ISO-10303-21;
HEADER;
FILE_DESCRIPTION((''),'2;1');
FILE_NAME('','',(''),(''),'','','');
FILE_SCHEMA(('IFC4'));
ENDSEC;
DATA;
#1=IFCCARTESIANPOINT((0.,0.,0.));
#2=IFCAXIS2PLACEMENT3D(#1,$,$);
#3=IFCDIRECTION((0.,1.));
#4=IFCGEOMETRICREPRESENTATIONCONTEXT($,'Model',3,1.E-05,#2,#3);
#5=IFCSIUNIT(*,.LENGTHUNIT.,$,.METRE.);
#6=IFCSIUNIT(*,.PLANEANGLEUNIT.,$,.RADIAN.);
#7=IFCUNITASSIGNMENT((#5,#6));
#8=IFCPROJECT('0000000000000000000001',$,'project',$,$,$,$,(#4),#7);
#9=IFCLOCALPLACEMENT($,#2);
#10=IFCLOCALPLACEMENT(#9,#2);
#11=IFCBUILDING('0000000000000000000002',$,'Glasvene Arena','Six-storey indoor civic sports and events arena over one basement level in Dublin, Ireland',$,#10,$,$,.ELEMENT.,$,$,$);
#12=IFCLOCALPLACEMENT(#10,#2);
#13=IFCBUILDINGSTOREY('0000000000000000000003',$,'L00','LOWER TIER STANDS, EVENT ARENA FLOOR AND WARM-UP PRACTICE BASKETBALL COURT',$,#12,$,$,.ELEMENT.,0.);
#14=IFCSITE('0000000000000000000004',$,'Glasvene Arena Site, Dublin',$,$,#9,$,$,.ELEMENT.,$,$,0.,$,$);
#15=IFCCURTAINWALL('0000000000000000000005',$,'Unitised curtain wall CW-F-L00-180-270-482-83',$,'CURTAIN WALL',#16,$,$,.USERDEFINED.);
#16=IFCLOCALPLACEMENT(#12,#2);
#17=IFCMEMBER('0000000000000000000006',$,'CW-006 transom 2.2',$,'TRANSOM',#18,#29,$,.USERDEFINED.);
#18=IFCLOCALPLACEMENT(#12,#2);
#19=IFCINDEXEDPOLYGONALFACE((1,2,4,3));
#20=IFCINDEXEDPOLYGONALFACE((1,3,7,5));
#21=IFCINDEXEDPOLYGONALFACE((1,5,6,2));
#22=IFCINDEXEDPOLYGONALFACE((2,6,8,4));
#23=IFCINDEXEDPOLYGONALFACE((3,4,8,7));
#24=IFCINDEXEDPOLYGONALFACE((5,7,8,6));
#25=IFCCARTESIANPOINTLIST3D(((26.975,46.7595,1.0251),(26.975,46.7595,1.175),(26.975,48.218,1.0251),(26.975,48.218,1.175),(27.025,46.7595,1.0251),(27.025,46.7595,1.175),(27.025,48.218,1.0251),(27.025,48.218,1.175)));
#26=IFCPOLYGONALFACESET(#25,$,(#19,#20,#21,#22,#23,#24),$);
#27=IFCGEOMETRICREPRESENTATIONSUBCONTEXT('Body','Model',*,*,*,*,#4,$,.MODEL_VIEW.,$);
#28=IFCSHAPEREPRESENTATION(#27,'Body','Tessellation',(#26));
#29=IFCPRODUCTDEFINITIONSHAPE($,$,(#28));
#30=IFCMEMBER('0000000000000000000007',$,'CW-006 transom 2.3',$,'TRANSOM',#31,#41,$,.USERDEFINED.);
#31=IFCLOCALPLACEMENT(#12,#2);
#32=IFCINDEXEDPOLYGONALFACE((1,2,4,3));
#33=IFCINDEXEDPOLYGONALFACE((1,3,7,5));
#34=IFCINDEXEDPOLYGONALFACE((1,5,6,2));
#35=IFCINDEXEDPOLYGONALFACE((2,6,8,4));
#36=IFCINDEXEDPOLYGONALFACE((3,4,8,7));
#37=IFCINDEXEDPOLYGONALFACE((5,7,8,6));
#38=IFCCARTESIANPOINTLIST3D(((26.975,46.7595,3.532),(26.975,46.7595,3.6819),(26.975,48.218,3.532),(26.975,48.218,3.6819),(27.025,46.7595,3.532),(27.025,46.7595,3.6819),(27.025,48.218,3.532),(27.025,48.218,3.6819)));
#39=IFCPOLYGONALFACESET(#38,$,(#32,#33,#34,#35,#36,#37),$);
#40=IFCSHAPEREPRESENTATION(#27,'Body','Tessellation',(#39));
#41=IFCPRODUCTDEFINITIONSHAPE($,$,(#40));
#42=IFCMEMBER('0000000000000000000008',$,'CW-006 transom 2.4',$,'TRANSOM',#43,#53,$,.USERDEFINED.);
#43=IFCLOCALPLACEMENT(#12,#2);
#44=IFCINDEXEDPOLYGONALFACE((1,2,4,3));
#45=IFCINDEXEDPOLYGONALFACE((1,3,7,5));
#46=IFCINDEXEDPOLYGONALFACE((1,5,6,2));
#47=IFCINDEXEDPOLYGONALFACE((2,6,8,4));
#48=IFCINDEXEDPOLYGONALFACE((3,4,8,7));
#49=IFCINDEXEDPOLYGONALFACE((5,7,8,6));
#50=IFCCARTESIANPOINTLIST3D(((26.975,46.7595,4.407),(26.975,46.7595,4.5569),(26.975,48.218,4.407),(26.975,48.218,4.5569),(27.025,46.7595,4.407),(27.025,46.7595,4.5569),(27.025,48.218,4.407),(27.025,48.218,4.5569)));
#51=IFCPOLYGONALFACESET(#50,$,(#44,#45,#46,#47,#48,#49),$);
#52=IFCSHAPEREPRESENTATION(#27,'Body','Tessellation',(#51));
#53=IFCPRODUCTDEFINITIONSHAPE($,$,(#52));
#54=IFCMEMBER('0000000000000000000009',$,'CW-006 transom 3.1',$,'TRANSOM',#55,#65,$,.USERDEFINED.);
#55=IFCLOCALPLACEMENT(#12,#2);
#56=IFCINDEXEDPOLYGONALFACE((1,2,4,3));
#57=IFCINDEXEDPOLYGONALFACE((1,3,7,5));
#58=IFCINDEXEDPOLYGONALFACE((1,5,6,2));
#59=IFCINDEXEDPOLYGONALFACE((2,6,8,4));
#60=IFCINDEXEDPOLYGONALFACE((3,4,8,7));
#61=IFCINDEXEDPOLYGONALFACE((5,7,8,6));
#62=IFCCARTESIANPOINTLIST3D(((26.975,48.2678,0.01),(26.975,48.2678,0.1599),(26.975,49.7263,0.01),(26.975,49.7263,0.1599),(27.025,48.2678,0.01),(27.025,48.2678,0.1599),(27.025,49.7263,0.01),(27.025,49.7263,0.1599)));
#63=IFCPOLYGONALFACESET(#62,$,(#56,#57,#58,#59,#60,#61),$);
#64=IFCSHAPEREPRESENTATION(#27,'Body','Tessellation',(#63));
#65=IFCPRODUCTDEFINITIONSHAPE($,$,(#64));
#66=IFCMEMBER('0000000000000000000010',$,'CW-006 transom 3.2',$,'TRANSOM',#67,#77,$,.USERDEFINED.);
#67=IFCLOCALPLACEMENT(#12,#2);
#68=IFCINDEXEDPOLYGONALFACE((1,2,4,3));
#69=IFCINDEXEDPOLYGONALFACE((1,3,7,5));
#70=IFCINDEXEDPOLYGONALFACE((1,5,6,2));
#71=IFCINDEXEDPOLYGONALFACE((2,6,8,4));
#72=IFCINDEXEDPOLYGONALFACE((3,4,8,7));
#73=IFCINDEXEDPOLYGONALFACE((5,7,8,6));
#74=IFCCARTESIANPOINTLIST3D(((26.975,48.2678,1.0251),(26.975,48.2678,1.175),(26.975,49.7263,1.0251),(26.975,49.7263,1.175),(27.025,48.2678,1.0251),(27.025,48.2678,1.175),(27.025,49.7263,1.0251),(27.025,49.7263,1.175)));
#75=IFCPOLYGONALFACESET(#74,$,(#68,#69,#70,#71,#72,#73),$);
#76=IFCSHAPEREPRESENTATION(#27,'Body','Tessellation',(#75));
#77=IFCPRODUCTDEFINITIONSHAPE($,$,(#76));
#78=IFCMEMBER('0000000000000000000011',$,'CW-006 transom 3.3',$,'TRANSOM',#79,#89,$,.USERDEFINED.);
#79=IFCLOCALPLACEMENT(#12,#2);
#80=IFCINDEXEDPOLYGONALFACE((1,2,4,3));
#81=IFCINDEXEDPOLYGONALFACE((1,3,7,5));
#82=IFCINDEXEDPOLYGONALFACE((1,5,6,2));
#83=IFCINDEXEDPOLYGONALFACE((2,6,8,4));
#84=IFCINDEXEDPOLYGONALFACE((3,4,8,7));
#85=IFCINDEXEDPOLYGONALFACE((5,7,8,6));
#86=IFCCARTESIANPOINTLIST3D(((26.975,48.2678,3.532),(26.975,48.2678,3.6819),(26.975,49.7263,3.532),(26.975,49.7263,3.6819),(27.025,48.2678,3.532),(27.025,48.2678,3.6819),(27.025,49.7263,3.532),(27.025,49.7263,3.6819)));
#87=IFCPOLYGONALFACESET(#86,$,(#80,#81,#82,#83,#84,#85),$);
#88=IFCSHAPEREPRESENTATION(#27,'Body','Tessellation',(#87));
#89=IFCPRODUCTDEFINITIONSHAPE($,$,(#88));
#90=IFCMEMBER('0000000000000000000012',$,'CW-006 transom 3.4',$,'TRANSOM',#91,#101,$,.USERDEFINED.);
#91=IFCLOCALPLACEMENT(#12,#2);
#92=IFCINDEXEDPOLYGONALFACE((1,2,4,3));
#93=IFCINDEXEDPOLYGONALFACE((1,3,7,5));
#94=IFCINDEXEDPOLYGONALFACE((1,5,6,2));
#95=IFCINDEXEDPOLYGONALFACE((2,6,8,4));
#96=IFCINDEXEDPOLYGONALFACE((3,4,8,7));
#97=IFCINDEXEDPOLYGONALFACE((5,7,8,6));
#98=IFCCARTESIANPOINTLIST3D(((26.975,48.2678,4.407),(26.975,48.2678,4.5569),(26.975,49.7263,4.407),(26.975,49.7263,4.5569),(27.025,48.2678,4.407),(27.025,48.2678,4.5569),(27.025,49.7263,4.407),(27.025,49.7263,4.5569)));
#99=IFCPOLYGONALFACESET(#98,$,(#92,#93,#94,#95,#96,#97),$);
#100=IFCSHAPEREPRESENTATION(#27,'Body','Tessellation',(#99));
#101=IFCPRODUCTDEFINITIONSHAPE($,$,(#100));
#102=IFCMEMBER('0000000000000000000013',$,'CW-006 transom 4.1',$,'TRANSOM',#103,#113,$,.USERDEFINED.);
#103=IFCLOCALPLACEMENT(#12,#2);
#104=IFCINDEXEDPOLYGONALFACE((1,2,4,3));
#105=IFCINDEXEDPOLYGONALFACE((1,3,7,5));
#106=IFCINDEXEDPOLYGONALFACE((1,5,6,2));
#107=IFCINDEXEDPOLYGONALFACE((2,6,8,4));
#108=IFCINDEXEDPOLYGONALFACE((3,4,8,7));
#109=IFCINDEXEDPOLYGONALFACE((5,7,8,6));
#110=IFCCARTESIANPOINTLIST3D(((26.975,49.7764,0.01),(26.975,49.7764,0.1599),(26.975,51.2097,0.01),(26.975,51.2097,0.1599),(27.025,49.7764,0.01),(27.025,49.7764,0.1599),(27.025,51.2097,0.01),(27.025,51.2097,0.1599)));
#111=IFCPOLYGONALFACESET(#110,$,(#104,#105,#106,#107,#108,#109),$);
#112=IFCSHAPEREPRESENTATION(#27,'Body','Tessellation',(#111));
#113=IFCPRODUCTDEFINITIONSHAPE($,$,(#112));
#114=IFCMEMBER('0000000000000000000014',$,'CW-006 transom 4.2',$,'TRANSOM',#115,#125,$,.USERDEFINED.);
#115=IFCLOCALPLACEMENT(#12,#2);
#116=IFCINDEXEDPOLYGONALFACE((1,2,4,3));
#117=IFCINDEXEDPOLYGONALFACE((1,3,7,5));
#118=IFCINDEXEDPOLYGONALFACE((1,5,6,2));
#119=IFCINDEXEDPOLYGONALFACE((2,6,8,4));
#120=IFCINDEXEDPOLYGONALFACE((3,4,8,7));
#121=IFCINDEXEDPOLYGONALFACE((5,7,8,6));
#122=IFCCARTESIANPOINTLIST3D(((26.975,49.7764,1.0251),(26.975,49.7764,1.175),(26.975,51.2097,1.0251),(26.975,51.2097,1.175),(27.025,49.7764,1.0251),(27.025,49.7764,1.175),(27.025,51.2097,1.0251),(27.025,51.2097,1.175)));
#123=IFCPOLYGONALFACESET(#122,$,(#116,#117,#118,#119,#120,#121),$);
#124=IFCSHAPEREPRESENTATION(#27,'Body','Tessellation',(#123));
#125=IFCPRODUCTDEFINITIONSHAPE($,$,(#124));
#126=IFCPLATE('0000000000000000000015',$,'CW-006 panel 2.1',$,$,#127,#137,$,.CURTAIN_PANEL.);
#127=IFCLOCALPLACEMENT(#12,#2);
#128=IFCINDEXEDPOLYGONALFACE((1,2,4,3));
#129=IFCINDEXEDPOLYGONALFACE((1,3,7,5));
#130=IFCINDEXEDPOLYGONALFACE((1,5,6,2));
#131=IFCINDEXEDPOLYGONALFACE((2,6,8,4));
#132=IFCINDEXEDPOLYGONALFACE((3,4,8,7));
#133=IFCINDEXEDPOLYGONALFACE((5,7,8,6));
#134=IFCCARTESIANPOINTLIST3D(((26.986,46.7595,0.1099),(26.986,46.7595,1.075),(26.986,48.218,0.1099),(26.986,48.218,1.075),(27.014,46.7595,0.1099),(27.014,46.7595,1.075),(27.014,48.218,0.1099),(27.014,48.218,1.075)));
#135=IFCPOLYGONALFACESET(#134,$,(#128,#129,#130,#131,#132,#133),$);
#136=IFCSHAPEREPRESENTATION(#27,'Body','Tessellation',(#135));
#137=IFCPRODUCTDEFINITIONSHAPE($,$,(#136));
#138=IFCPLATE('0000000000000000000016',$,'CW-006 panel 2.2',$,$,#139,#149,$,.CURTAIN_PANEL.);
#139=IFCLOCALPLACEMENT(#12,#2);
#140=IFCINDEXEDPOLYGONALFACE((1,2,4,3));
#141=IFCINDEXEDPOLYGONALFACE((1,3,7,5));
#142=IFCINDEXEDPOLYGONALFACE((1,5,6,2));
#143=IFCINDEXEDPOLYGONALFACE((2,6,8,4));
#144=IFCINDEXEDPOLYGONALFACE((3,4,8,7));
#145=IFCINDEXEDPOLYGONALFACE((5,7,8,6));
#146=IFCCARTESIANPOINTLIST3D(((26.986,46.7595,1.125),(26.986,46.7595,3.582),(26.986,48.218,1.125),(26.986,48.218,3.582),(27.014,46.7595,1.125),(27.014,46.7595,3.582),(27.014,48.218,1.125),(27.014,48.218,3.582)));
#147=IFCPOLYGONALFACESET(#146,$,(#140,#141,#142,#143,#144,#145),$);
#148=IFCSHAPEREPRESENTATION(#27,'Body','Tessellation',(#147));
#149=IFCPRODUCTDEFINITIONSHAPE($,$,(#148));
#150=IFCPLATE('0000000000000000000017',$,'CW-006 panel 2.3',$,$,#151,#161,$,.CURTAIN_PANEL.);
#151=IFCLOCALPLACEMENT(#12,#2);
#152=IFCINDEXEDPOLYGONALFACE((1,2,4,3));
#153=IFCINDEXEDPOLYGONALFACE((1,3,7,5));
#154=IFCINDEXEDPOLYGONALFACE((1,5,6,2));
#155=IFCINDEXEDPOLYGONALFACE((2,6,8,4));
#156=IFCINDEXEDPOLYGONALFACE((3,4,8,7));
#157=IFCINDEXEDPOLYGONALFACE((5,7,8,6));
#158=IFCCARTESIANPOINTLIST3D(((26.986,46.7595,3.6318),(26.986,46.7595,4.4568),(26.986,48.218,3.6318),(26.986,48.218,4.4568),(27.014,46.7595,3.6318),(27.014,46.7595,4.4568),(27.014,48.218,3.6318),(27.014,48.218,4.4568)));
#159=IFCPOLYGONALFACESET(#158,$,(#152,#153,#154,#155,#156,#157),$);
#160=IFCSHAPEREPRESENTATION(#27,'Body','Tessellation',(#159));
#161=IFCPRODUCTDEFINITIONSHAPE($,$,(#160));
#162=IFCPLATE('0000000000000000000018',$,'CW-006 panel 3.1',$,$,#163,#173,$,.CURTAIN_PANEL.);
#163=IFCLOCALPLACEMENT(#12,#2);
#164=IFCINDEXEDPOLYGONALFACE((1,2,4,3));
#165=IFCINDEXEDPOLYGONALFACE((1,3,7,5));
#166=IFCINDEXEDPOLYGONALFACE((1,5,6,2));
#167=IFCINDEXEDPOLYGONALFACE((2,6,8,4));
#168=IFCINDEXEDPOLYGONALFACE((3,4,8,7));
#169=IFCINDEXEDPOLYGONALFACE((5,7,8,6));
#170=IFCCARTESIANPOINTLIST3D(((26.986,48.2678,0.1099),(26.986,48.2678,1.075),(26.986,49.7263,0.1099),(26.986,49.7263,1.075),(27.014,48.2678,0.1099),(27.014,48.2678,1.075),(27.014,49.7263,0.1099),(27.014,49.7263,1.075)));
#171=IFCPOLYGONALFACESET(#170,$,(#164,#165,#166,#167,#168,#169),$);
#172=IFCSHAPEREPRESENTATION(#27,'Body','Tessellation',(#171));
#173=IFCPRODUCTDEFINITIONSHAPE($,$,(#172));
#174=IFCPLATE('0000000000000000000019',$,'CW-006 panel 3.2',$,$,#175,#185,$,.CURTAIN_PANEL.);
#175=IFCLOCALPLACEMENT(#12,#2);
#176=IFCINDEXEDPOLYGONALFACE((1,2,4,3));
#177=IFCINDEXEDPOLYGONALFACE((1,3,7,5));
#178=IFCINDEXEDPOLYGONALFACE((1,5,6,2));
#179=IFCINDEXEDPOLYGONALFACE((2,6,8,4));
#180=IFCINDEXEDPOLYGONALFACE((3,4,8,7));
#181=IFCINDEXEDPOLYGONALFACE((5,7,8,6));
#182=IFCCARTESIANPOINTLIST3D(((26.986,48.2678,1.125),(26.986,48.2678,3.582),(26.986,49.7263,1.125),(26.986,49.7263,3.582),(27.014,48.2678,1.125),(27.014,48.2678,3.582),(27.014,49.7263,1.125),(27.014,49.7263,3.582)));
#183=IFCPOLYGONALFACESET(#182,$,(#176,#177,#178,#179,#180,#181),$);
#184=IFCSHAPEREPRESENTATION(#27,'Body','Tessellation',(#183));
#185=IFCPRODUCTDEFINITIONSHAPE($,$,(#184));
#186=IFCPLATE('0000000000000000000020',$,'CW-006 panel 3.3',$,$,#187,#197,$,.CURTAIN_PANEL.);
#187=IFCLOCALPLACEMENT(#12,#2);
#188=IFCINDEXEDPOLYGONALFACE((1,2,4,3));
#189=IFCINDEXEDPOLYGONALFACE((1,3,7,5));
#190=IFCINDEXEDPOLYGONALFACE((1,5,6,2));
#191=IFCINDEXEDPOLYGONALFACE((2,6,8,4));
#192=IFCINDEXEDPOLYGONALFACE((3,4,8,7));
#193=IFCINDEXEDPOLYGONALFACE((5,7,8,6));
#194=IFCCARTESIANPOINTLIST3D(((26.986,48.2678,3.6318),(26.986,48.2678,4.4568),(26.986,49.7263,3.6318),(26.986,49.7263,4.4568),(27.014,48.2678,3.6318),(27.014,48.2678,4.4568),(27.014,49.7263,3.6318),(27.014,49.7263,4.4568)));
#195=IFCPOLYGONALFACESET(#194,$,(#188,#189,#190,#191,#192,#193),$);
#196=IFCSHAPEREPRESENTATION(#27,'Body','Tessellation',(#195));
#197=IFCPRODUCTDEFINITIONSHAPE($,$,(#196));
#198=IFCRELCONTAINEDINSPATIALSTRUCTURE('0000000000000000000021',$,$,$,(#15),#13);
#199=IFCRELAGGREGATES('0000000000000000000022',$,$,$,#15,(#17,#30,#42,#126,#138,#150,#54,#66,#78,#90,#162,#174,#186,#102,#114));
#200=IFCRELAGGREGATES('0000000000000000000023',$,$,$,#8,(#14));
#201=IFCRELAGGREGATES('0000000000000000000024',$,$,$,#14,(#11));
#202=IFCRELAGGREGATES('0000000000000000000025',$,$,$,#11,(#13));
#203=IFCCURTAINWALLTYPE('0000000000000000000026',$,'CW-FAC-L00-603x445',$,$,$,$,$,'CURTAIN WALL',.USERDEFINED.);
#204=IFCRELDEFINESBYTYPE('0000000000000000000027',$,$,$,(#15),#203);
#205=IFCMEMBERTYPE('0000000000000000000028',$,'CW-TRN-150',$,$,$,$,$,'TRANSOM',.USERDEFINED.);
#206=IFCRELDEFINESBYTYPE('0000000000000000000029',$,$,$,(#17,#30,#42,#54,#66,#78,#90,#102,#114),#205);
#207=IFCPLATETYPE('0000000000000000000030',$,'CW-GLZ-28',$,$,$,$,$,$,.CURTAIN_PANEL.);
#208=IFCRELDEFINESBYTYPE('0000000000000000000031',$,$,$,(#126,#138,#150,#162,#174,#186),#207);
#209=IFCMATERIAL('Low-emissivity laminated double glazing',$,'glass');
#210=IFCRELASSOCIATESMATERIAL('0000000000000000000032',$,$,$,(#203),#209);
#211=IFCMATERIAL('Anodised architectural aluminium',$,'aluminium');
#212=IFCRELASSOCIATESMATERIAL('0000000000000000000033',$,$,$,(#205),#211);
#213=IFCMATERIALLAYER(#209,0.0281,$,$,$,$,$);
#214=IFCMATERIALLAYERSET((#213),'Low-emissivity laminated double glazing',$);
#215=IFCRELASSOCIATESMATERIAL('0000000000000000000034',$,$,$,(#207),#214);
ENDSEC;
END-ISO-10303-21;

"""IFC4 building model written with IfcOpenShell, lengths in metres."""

from ifc_helpers import new_model, si_unit, direction, frame, origin, origin_2d, place, context, subcontext, project, spatial, rectangle, extrude, material, layer, layer_set, material_profile, profile_set, type_object, element, aggregate, save


model = new_model("IFC4")

# Units and contexts
model_context = context("Model", 3, precision=1e-05, world=origin(), true_north=direction((0.0, 1.0)))
body_context = subcontext(model_context, "Body", "Model", "MODEL_VIEW")
ifc_project = project(units=[si_unit("LENGTHUNIT", "METRE"), si_unit("PLANEANGLEUNIT", "RADIAN")], contexts=[model_context])

# Site, building, storey
site_placement = place(None, origin())
site = spatial("IfcSite", under=ifc_project, at=site_placement, Name="Glasvene Arena Site, Dublin", CompositionType="ELEMENT", RefElevation=0.0)
building_placement = place(site_placement, origin())
building = spatial("IfcBuilding", under=site, at=building_placement, Name="Glasvene Arena", Description="Six-storey indoor civic sports and events arena over one basement level in Dublin, Ireland", CompositionType="ELEMENT")
storey_placement = place(building_placement, origin())
storey = spatial("IfcBuildingStorey", under=building, at=storey_placement, Name="L00", Description="LOWER TIER STANDS, EVENT ARENA FLOOR AND WARM-UP PRACTICE BASKETBALL COURT", CompositionType="ELEMENT", Elevation=0.0)

# Curtain wall, members, plates
ifc_material_1 = material(Name="Low-emissivity laminated double glazing", Category="glass")
curtain_wall_type = type_object("IfcCurtainWallType", Name="CW-FAC-L00-603x445", ElementType="CURTAIN WALL", PredefinedType="USERDEFINED", material=ifc_material_1)
curtain_wall_placement = place(storey_placement, frame((27.0, 45.2261, 0.0)))
curtain_wall = element("IfcCurtainWall", 1, at=curtain_wall_placement, inside=storey, type_object=curtain_wall_type, Name="Unitised curtain wall CW-F-L00-180-270-482-83", ObjectType="CURTAIN WALL", PredefinedType="USERDEFINED")
ifc_material_2 = material(Name="Anodised architectural aluminium", Category="aluminium")
ifc_material_profile_1 = material_profile(ifc_material_2, rectangle(XDim=0.05, YDim=0.1499, at=origin_2d()), Name="ALU TRANSOM 50x150")
ifc_profile_set_1 = profile_set([ifc_material_profile_1], Name="Anodised architectural aluminium")
member_type_1 = type_object("IfcMemberType", Name="CW-TRN-150", ElementType="TRANSOM", PredefinedType="USERDEFINED", material=ifc_profile_set_1)
member_1_placement = place(storey_placement, frame((27.0, 46.7595, 1.1001), z_axis=(0.0, 1.0, 0.0), x_axis=(-1.0, 0.0, 0.0)))
member_1 = element("IfcMember", 2, at=member_1_placement, type_object=member_type_1, Name="CW-006 transom 2.2", ObjectType="TRANSOM", PredefinedType="USERDEFINED", context=body_context, shape_type="SweptSolid", body=[
    extrude(rectangle(XDim=0.05, YDim=0.1499, at=origin_2d()), origin(), (0.0, 0.0, 1.0), 1.4585),
])
member_2_placement = place(storey_placement, frame((27.0, 46.7595, 3.6069), z_axis=(0.0, 1.0, 0.0), x_axis=(-1.0, 0.0, 0.0)))
member_2 = element("IfcMember", 3, at=member_2_placement, type_object=member_type_1, Name="CW-006 transom 2.3", ObjectType="TRANSOM", PredefinedType="USERDEFINED", context=body_context, shape_type="SweptSolid", body=[
    extrude(rectangle(XDim=0.05, YDim=0.1499, at=origin_2d()), origin(), (0.0, 0.0, 1.0), 1.4585),
])
member_3_placement = place(storey_placement, frame((27.0, 46.7595, 4.4819), z_axis=(0.0, 1.0, 0.0), x_axis=(-1.0, 0.0, 0.0)))
member_3 = element("IfcMember", 4, at=member_3_placement, type_object=member_type_1, Name="CW-006 transom 2.4", ObjectType="TRANSOM", PredefinedType="USERDEFINED", context=body_context, shape_type="SweptSolid", body=[
    extrude(rectangle(XDim=0.05, YDim=0.1499, at=origin_2d()), origin(), (0.0, 0.0, 1.0), 1.4585),
])
member_4_placement = place(storey_placement, frame((27.0, 48.2678, 0.085), z_axis=(0.0, 1.0, 0.0), x_axis=(-1.0, 0.0, 0.0)))
member_4 = element("IfcMember", 5, at=member_4_placement, type_object=member_type_1, Name="CW-006 transom 3.1", ObjectType="TRANSOM", PredefinedType="USERDEFINED", context=body_context, shape_type="SweptSolid", body=[
    extrude(rectangle(XDim=0.05, YDim=0.1499, at=origin_2d()), origin(), (0.0, 0.0, 1.0), 1.4585),
])
member_5_placement = place(storey_placement, frame((27.0, 48.2678, 1.1001), z_axis=(0.0, 1.0, 0.0), x_axis=(-1.0, 0.0, 0.0)))
member_5 = element("IfcMember", 6, at=member_5_placement, type_object=member_type_1, Name="CW-006 transom 3.2", ObjectType="TRANSOM", PredefinedType="USERDEFINED", context=body_context, shape_type="SweptSolid", body=[
    extrude(rectangle(XDim=0.05, YDim=0.1499, at=origin_2d()), origin(), (0.0, 0.0, 1.0), 1.4585),
])
member_6_placement = place(storey_placement, frame((27.0, 48.2678, 3.6069), z_axis=(0.0, 1.0, 0.0), x_axis=(-1.0, 0.0, 0.0)))
member_6 = element("IfcMember", 7, at=member_6_placement, type_object=member_type_1, Name="CW-006 transom 3.3", ObjectType="TRANSOM", PredefinedType="USERDEFINED", context=body_context, shape_type="SweptSolid", body=[
    extrude(rectangle(XDim=0.05, YDim=0.1499, at=origin_2d()), origin(), (0.0, 0.0, 1.0), 1.4585),
])
member_7_placement = place(storey_placement, frame((27.0, 48.2678, 4.4819), z_axis=(0.0, 1.0, 0.0), x_axis=(-1.0, 0.0, 0.0)))
member_7 = element("IfcMember", 8, at=member_7_placement, type_object=member_type_1, Name="CW-006 transom 3.4", ObjectType="TRANSOM", PredefinedType="USERDEFINED", context=body_context, shape_type="SweptSolid", body=[
    extrude(rectangle(XDim=0.05, YDim=0.1499, at=origin_2d()), origin(), (0.0, 0.0, 1.0), 1.4585),
])
member_8_placement = place(storey_placement, frame((27.0, 49.7764, 0.085), z_axis=(0.0, 1.0, 0.0), x_axis=(-1.0, 0.0, 0.0)))
member_8 = element("IfcMember", 9, at=member_8_placement, type_object=member_type_1, Name="CW-006 transom 4.1", ObjectType="TRANSOM", PredefinedType="USERDEFINED", context=body_context, shape_type="SweptSolid", body=[
    extrude(rectangle(XDim=0.05, YDim=0.1499, at=origin_2d()), origin(), (0.0, 0.0, 1.0), 1.4333),
])
member_9_placement = place(storey_placement, frame((27.0, 49.7764, 1.1001), z_axis=(0.0, 1.0, 0.0), x_axis=(-1.0, 0.0, 0.0)))
member_9 = element("IfcMember", 10, at=member_9_placement, type_object=member_type_1, Name="CW-006 transom 4.2", ObjectType="TRANSOM", PredefinedType="USERDEFINED", context=body_context, shape_type="SweptSolid", body=[
    extrude(rectangle(XDim=0.05, YDim=0.1499, at=origin_2d()), origin(), (0.0, 0.0, 1.0), 1.4333),
])
ifc_layer_1 = layer(ifc_material_1, 0.0281)
ifc_layer_set_1 = layer_set([ifc_layer_1], Name="Low-emissivity laminated double glazing")
plate_type = type_object("IfcPlateType", Name="CW-GLZ-28", PredefinedType="CURTAIN_PANEL", material=ifc_layer_set_1)
plate_1_placement = place(storey_placement, frame((27.0, 47.4888, 0.1099), z_axis=(0.0, 0.0, 1.0), x_axis=(0.0, 1.0, 0.0)))
plate_1 = element("IfcPlate", 11, at=plate_1_placement, type_object=plate_type, Name="CW-006 panel 2.1", PredefinedType="CURTAIN_PANEL", context=body_context, shape_type="SweptSolid", body=[
    extrude(rectangle(XDim=1.4585, YDim=0.0281, at=origin_2d()), origin(), (0.0, 0.0, 1.0), 0.9651),
])
plate_2_placement = place(storey_placement, frame((27.0, 47.4888, 1.125), z_axis=(0.0, 0.0, 1.0), x_axis=(0.0, 1.0, 0.0)))
plate_2 = element("IfcPlate", 12, at=plate_2_placement, type_object=plate_type, Name="CW-006 panel 2.2", PredefinedType="CURTAIN_PANEL", context=body_context, shape_type="SweptSolid", body=[
    extrude(rectangle(XDim=1.4585, YDim=0.0281, at=origin_2d()), origin(), (0.0, 0.0, 1.0), 2.457),
])
plate_3_placement = place(storey_placement, frame((27.0, 47.4888, 3.6318), z_axis=(0.0, 0.0, 1.0), x_axis=(0.0, 1.0, 0.0)))
plate_3 = element("IfcPlate", 13, at=plate_3_placement, type_object=plate_type, Name="CW-006 panel 2.3", PredefinedType="CURTAIN_PANEL", context=body_context, shape_type="SweptSolid", body=[
    extrude(rectangle(XDim=1.4585, YDim=0.0281, at=origin_2d()), origin(), (0.0, 0.0, 1.0), 0.825),
])
plate_4_placement = place(storey_placement, frame((27.0, 48.9971, 0.1099), z_axis=(0.0, 0.0, 1.0), x_axis=(0.0, 1.0, 0.0)))
plate_4 = element("IfcPlate", 14, at=plate_4_placement, type_object=plate_type, Name="CW-006 panel 3.1", PredefinedType="CURTAIN_PANEL", context=body_context, shape_type="SweptSolid", body=[
    extrude(rectangle(XDim=1.4585, YDim=0.0281, at=origin_2d()), origin(), (0.0, 0.0, 1.0), 0.9651),
])
plate_5_placement = place(storey_placement, frame((27.0, 48.9971, 1.125), z_axis=(0.0, 0.0, 1.0), x_axis=(0.0, 1.0, 0.0)))
plate_5 = element("IfcPlate", 15, at=plate_5_placement, type_object=plate_type, Name="CW-006 panel 3.2", PredefinedType="CURTAIN_PANEL", context=body_context, shape_type="SweptSolid", body=[
    extrude(rectangle(XDim=1.4585, YDim=0.0281, at=origin_2d()), origin(), (0.0, 0.0, 1.0), 2.457),
])
plate_6_placement = place(storey_placement, frame((27.0, 48.9971, 3.6318), z_axis=(0.0, 0.0, 1.0), x_axis=(0.0, 1.0, 0.0)))
plate_6 = element("IfcPlate", 16, at=plate_6_placement, type_object=plate_type, Name="CW-006 panel 3.3", PredefinedType="CURTAIN_PANEL", context=body_context, shape_type="SweptSolid", body=[
    extrude(rectangle(XDim=1.4585, YDim=0.0281, at=origin_2d()), origin(), (0.0, 0.0, 1.0), 0.825),
])
aggregate(curtain_wall, [member_1, member_2, member_3, plate_1, plate_2, plate_3, member_4, member_5, member_6, member_7, plate_4, plate_5, plate_6, member_8, member_9])

save(model, "model.ifc")
